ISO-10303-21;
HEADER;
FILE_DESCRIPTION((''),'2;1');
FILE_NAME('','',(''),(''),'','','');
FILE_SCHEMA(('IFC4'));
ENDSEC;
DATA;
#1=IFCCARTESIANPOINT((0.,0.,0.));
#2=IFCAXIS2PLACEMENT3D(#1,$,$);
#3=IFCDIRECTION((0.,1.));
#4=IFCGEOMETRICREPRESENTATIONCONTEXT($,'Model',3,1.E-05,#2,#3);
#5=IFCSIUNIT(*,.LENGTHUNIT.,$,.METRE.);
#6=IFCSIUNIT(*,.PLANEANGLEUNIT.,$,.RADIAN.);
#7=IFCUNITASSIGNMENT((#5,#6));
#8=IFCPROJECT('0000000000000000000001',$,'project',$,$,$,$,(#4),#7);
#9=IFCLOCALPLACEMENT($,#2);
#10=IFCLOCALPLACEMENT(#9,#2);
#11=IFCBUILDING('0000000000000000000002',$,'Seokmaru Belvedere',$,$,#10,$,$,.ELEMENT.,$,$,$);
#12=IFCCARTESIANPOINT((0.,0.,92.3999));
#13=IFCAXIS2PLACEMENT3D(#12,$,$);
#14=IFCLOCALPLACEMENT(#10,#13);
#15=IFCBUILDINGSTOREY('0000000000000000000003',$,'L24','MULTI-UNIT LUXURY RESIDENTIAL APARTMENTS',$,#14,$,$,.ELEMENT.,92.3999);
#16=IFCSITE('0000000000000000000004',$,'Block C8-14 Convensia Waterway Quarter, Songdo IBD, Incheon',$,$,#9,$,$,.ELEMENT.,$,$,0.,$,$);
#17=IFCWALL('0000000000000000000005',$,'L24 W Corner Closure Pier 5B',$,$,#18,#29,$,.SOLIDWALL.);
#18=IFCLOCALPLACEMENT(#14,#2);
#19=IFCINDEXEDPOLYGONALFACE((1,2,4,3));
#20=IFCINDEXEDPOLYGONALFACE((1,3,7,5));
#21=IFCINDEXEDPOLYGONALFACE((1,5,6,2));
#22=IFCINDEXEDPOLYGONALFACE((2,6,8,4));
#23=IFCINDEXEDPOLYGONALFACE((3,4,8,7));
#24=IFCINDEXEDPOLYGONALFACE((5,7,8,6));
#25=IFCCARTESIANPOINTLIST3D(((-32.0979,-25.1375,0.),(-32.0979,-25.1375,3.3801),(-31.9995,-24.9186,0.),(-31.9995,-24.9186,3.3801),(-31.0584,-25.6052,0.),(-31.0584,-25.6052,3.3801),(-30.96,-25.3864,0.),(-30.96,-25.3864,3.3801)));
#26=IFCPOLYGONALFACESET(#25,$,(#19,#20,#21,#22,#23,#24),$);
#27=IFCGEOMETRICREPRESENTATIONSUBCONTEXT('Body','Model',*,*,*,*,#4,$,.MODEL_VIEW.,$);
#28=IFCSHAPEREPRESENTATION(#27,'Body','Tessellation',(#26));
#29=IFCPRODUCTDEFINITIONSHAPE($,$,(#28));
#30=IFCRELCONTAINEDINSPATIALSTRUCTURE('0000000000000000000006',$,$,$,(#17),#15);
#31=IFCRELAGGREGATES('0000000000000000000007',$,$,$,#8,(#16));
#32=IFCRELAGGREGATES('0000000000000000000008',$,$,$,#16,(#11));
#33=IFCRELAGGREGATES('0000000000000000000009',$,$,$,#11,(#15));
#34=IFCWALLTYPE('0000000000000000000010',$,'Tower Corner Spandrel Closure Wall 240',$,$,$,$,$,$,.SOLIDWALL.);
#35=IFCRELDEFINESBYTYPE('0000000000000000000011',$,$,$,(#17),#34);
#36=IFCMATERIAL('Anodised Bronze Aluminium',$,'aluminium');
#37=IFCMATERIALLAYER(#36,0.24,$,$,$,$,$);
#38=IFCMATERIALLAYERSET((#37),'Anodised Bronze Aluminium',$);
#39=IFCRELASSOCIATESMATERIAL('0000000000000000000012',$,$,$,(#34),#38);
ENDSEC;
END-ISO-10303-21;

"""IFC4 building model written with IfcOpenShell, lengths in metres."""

from ifc_helpers import new_model, si_unit, direction, frame, frame_2d, origin, place, context, subcontext, project, spatial, rectangle, extrude, material, layer, layer_set, type_object, element, save


model = new_model("IFC4")

# Units and contexts
model_context = context("Model", 3, precision=1e-05, world=origin(), true_north=direction((0.0, 1.0)))
body_context = subcontext(model_context, "Body", "Model", "MODEL_VIEW")
ifc_project = project(units=[si_unit("LENGTHUNIT", "METRE"), si_unit("PLANEANGLEUNIT", "RADIAN")], contexts=[model_context])

# Site, building, storey
site_placement = place(None, origin())
site = spatial("IfcSite", under=ifc_project, at=site_placement, Name="Block C8-14 Convensia Waterway Quarter, Songdo IBD, Incheon", CompositionType="ELEMENT", RefElevation=0.0)
building_placement = place(site_placement, origin())
building = spatial("IfcBuilding", under=site, at=building_placement, Name="Seokmaru Belvedere", CompositionType="ELEMENT")
storey_placement = place(building_placement, frame((0.0, 0.0, 92.3999)))
storey = spatial("IfcBuildingStorey", under=building, at=storey_placement, Name="L24", Description="MULTI-UNIT LUXURY RESIDENTIAL APARTMENTS", CompositionType="ELEMENT", Elevation=92.3999)

# Shared definitions
ifc_material_1 = material(Name="Anodised Bronze Aluminium", Category="aluminium")

# Wall
ifc_layer_1 = layer(ifc_material_1, 0.24)
ifc_layer_set_1 = layer_set([ifc_layer_1], Name="Anodised Bronze Aluminium")
wall_type_1 = type_object("IfcWallType", Name="Tower Corner Spandrel Closure Wall 240", PredefinedType="SOLIDWALL", material=ifc_layer_set_1)
wall_1_placement = place(storey_placement, frame((-32.0486, -25.0281, 0.0), z_axis=(0.0, 0.0, 1.0), x_axis=(0.91193, -0.410347, 0.0)))
element("IfcWall", 1, at=wall_1_placement, inside=storey, type_object=wall_type_1, Name="L24 W Corner Closure Pier 5B", PredefinedType="SOLIDWALL", context=body_context, shape_type="SweptSolid", body=[
    extrude(rectangle(XDim=1.1399, YDim=0.24, at=frame_2d((0.5698, 0.0))), origin(), (0.0, 0.0, 1.0), 3.3801),
])

save(model, "model.ifc")
